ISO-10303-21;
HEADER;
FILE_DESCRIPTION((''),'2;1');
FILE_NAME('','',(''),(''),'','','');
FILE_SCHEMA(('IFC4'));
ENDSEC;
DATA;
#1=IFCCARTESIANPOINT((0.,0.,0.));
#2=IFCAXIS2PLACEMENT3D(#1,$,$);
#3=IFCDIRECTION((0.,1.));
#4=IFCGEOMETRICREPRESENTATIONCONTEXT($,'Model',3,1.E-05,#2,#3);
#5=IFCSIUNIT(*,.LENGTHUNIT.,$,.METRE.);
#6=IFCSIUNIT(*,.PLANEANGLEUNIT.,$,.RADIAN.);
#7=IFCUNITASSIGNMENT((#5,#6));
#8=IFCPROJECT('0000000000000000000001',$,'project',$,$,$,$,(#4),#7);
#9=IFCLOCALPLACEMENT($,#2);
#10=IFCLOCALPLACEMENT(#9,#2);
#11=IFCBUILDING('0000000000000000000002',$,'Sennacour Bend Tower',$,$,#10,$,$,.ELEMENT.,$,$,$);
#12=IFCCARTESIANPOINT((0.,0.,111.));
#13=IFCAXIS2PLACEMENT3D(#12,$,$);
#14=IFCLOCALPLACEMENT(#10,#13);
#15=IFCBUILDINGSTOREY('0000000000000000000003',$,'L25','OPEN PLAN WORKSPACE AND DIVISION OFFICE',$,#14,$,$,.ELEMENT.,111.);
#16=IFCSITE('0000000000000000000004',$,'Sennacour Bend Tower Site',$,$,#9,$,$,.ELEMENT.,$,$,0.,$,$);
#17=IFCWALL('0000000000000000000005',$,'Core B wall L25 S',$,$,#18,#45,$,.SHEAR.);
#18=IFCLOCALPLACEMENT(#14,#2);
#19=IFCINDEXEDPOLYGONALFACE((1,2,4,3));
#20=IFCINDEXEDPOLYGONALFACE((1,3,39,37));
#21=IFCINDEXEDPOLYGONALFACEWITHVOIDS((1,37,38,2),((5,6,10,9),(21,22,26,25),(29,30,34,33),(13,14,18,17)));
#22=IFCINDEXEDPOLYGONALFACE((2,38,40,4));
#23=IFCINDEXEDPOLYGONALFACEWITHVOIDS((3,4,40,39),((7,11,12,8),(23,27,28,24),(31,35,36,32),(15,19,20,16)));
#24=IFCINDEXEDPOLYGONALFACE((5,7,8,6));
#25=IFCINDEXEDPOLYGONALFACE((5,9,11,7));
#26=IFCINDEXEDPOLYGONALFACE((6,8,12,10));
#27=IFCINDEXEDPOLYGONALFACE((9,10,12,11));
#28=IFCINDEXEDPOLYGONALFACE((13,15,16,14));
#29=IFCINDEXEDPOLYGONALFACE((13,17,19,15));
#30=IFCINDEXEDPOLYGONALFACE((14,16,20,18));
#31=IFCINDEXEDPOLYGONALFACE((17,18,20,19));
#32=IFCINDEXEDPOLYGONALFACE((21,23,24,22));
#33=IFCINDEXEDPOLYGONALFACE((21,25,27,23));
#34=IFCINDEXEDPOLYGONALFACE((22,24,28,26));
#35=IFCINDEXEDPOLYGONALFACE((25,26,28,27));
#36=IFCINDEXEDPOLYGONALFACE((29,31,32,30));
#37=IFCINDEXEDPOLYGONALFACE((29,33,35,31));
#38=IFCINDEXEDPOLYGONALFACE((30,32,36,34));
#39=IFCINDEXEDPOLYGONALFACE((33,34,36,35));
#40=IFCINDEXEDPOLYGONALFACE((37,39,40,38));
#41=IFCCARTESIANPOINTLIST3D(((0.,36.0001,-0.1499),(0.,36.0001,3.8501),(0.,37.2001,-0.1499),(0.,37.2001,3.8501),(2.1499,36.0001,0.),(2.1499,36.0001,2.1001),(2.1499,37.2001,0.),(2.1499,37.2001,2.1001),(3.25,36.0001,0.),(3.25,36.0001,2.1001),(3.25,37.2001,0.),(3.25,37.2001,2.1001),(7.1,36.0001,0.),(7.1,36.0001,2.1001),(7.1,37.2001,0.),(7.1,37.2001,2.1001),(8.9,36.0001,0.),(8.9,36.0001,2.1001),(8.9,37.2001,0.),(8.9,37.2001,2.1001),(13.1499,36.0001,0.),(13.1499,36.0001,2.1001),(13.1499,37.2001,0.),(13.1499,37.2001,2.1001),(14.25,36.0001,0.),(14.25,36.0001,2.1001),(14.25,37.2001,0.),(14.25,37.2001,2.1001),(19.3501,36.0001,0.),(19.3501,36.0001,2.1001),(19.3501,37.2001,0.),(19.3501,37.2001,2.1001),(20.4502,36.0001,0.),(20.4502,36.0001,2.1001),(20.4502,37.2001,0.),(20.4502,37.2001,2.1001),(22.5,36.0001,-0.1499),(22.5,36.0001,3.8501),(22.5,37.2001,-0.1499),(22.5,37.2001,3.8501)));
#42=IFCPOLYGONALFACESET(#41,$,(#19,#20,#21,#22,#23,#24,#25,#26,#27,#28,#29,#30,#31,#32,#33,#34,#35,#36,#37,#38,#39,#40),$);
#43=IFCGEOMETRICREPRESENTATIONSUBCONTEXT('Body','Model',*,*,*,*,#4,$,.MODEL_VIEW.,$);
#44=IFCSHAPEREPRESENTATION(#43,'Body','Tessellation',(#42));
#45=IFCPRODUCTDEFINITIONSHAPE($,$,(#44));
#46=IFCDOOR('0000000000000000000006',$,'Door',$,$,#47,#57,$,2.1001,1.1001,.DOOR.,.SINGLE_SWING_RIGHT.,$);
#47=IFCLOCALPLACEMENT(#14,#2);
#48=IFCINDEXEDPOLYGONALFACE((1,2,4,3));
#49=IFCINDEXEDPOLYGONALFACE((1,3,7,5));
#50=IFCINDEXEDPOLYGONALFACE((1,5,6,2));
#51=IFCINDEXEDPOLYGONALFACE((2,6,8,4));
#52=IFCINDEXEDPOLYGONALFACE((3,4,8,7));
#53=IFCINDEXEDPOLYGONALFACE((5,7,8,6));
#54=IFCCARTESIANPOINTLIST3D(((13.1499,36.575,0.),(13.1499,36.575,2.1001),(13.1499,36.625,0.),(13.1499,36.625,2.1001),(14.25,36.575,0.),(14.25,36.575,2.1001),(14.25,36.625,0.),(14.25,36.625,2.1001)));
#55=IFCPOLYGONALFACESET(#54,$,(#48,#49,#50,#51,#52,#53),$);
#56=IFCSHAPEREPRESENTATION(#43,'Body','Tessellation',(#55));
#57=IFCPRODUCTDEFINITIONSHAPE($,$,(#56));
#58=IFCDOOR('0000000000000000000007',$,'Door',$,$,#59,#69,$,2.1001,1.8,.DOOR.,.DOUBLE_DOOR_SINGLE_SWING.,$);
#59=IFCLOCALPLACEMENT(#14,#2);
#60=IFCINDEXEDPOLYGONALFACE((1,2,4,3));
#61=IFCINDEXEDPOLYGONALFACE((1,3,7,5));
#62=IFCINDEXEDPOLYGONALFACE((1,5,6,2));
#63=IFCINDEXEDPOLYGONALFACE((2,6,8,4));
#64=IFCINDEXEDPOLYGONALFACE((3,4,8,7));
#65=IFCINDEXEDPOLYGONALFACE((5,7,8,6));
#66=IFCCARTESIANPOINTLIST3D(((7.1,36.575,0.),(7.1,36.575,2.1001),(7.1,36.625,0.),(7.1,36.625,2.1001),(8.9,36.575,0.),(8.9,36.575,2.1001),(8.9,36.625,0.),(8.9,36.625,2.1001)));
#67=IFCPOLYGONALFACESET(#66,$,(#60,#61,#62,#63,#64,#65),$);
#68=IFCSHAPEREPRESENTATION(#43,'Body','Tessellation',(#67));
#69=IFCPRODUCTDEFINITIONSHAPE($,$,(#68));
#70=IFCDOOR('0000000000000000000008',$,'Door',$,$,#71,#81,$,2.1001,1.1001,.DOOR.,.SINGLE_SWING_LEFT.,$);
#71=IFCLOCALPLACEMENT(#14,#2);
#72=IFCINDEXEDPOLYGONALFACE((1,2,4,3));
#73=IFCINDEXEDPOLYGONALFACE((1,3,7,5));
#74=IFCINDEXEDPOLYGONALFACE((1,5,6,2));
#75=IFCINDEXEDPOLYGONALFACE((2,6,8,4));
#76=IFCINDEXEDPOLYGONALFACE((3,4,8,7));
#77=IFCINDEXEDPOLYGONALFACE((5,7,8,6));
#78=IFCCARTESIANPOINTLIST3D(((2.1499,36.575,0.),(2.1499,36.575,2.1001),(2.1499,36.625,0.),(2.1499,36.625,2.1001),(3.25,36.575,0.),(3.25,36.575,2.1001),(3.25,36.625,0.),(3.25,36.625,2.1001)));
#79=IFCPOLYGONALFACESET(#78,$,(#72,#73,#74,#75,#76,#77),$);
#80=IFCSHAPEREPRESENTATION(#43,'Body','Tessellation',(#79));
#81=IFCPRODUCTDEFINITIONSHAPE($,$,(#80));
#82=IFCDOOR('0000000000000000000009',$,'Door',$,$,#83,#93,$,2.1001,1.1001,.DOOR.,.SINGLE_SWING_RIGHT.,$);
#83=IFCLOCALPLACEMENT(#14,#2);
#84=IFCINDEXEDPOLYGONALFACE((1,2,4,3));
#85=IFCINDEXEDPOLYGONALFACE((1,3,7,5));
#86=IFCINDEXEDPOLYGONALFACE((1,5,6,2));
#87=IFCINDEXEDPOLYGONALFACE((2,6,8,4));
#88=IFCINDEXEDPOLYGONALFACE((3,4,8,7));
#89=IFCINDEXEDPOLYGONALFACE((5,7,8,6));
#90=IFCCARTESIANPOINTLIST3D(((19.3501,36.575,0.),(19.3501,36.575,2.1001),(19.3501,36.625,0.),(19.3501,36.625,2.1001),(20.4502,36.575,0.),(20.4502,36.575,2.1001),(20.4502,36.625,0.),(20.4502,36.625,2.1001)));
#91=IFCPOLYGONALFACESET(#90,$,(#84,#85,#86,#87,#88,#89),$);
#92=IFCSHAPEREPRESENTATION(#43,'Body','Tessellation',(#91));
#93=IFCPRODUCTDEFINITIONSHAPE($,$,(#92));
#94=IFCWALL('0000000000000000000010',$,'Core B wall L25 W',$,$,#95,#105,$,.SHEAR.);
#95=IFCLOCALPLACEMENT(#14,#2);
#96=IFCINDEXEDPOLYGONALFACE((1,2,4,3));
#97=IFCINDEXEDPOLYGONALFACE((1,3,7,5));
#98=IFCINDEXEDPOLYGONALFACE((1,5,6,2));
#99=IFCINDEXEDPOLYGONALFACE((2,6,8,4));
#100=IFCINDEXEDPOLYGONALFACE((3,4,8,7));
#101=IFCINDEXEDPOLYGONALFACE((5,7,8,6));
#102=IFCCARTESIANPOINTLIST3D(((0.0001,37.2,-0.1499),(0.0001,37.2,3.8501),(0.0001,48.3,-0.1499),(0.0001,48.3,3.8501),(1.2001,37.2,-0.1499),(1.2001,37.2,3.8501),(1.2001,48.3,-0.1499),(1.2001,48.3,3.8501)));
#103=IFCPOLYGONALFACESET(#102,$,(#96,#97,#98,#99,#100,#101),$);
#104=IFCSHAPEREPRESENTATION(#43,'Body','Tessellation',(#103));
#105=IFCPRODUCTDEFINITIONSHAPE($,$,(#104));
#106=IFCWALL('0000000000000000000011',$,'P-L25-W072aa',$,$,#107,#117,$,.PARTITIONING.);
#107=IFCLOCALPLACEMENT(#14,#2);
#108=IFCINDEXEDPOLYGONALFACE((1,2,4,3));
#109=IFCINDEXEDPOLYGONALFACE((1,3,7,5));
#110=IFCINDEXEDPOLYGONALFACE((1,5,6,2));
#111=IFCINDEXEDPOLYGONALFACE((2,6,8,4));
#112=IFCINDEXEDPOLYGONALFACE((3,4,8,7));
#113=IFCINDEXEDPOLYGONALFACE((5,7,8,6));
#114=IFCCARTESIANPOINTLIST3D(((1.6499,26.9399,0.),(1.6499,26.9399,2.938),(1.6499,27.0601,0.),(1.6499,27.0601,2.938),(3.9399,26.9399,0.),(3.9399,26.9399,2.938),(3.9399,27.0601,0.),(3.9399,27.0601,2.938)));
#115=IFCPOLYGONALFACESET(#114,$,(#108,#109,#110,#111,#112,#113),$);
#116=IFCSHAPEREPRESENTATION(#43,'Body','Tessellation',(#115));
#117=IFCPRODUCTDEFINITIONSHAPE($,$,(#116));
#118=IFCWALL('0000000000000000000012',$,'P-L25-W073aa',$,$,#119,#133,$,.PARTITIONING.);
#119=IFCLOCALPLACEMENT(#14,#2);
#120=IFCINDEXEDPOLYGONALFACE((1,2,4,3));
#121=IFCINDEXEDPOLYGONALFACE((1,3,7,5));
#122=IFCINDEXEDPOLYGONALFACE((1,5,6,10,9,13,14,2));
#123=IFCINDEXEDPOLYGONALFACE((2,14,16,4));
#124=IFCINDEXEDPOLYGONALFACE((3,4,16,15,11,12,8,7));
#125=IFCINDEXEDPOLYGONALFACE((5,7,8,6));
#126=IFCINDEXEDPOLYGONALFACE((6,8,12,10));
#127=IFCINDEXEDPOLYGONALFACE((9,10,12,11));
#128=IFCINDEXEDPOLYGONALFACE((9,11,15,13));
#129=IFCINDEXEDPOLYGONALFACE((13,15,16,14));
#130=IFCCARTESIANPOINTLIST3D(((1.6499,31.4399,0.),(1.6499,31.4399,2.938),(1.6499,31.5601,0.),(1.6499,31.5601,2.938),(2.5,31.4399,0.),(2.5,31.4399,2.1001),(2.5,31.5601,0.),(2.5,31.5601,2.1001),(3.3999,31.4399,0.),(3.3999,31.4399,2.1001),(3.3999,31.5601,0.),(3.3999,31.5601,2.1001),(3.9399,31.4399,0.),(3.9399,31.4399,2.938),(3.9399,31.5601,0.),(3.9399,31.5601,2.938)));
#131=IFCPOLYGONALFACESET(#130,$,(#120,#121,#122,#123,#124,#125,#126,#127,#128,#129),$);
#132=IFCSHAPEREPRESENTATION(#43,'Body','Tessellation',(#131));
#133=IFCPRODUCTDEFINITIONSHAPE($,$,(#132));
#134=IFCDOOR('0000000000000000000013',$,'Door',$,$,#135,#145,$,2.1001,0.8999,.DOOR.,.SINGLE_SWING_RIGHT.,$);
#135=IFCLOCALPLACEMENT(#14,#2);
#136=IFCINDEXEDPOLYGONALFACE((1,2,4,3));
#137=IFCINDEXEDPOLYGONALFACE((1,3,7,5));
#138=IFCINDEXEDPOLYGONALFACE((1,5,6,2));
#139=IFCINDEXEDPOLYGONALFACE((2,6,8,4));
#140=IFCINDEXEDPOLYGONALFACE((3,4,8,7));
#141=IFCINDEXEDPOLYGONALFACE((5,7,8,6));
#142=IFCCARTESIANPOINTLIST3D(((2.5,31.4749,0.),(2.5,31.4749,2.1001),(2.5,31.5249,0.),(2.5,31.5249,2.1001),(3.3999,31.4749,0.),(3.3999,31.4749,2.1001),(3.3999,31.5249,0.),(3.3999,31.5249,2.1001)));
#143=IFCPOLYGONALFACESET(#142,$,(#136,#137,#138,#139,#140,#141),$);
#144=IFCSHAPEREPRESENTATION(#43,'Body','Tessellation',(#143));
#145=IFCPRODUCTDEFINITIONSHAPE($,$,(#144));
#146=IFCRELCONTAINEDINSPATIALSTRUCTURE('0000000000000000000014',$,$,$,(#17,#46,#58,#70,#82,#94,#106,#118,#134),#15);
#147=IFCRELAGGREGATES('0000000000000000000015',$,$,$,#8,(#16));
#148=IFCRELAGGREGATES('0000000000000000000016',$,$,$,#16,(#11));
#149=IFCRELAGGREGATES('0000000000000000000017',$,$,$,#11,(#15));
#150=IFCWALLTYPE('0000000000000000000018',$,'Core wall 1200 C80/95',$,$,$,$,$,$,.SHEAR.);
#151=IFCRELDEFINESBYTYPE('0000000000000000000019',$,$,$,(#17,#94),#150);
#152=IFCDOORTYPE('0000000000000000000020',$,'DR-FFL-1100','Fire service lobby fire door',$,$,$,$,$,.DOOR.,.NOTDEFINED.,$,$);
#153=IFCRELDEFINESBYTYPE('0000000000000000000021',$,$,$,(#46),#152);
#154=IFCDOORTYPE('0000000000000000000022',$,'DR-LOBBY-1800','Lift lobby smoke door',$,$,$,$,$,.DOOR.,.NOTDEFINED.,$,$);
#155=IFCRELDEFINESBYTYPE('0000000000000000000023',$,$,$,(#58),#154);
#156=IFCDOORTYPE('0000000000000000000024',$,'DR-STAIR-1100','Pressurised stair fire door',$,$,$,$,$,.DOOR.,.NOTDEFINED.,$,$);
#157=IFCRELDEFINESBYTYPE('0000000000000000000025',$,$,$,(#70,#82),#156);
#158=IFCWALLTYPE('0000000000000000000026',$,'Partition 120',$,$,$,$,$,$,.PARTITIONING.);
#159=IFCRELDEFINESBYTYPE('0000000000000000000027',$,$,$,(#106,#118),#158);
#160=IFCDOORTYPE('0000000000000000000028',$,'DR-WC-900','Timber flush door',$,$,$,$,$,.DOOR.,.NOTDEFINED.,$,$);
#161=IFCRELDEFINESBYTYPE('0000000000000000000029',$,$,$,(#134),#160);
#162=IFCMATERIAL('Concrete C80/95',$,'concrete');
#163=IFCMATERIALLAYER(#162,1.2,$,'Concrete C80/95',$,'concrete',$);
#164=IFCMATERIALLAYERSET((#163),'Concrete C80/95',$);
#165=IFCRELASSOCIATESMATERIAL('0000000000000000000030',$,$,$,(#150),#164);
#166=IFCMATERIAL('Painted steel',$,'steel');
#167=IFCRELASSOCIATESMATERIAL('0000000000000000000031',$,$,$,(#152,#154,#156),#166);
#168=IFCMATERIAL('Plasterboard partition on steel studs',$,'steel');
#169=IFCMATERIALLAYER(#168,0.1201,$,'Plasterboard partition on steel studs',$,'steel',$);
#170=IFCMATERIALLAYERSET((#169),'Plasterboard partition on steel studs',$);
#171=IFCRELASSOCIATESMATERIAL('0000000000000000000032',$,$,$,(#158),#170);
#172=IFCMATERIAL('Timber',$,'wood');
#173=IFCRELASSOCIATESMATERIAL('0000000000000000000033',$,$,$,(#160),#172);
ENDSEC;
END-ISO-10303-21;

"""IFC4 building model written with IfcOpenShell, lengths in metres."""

from ifc_helpers import new_model, si_unit, direction, frame, frame_2d, origin, place, context, subcontext, project, spatial, rectangle, extrude, material, layer, layer_set, type_object, element, fill, save


model = new_model("IFC4")

# Units and contexts
model_context = context("Model", 3, precision=1e-05, world=origin(), true_north=direction((0.0, 1.0)))
body_context = subcontext(model_context, "Body", "Model", "MODEL_VIEW")
ifc_project = project(units=[si_unit("LENGTHUNIT", "METRE"), si_unit("PLANEANGLEUNIT", "RADIAN")], contexts=[model_context])

# Site, building, storey
site_placement = place(None, origin())
site = spatial("IfcSite", under=ifc_project, at=site_placement, Name="Sennacour Bend Tower Site", CompositionType="ELEMENT", RefElevation=0.0)
building_placement = place(site_placement, origin())
building = spatial("IfcBuilding", under=site, at=building_placement, Name="Sennacour Bend Tower", CompositionType="ELEMENT")
storey_placement = place(building_placement, frame((0.0, 0.0, 111.0)))
storey = spatial("IfcBuildingStorey", under=building, at=storey_placement, Name="L25", Description="OPEN PLAN WORKSPACE AND DIVISION OFFICE", CompositionType="ELEMENT", Elevation=111.0)

# Wall, openings, doors
ifc_material_1 = material(Name="Concrete C80/95", Category="concrete")
ifc_layer_1 = layer(ifc_material_1, 1.2, Name="Concrete C80/95", Category="concrete")
ifc_layer_set_1 = layer_set([ifc_layer_1], Name="Concrete C80/95")
wall_type_1 = type_object("IfcWallType", Name="Core wall 1200 C80/95", PredefinedType="SHEAR", material=ifc_layer_set_1)
wall_1_placement = place(storey_placement, frame((0.0, 36.6001, -0.1499), z_axis=(0.0, 0.0, 1.0), x_axis=(1.0, 0.0, 0.0)))
wall_1 = element("IfcWall", 1, at=wall_1_placement, inside=storey, type_object=wall_type_1, Name="Core B wall L25 S", PredefinedType="SHEAR", context=body_context, shape_type="SweptSolid", body=[
    extrude(rectangle(XDim=22.5, YDim=1.2, at=frame_2d((11.25, 0.0))), origin(), (0.0, 0.0, 1.0), 4.0),
])
opening_1_placement = place(wall_1_placement, frame((7.1001, 0.0, 0.1499)))
opening_1 = element("IfcOpeningElement", 2, at=opening_1_placement, cuts=wall_1, PredefinedType="OPENING", context=body_context, shape_type="SweptSolid", body=[
    extrude(rectangle(XDim=1.8, YDim=2.1001, at=frame_2d((0.8999, 1.05))), frame((0.0, 0.6099, 0.0), z_axis=(0.0, -1.0, 0.0), x_axis=(1.0, 0.0, 0.0)), (0.0, 0.0, 1.0), 1.22),
])
opening_2_placement = place(wall_1_placement, frame((13.1499, 0.0, 0.1499)))
opening_2 = element("IfcOpeningElement", 3, at=opening_2_placement, cuts=wall_1, PredefinedType="OPENING", context=body_context, shape_type="SweptSolid", body=[
    extrude(rectangle(XDim=1.1001, YDim=2.1001, at=frame_2d((0.55, 1.05))), frame((0.0, 0.6099, 0.0), z_axis=(0.0, -1.0, 0.0), x_axis=(1.0, 0.0, 0.0)), (0.0, 0.0, 1.0), 1.22),
])
opening_3_placement = place(wall_1_placement, frame((2.1499, 0.0, 0.1499)))
opening_3 = element("IfcOpeningElement", 4, at=opening_3_placement, cuts=wall_1, PredefinedType="OPENING", context=body_context, shape_type="SweptSolid", body=[
    extrude(rectangle(XDim=1.1001, YDim=2.1001, at=frame_2d((0.55, 1.05))), frame((0.0, 0.6099, 0.0), z_axis=(0.0, -1.0, 0.0), x_axis=(1.0, 0.0, 0.0)), (0.0, 0.0, 1.0), 1.22),
])
opening_4_placement = place(wall_1_placement, frame((19.3501, 0.0, 0.1499)))
opening_4 = element("IfcOpeningElement", 5, at=opening_4_placement, cuts=wall_1, PredefinedType="OPENING", context=body_context, shape_type="SweptSolid", body=[
    extrude(rectangle(XDim=1.1001, YDim=2.1001, at=frame_2d((0.55, 1.05))), frame((0.0, 0.6099, 0.0), z_axis=(0.0, -1.0, 0.0), x_axis=(1.0, 0.0, 0.0)), (0.0, 0.0, 1.0), 1.22),
])
ifc_material_2 = material(Name="Painted steel", Category="steel")
door_type_1 = type_object("IfcDoorType", Name="DR-FFL-1100", Description="Fire service lobby fire door", OperationType="NOTDEFINED", PredefinedType="DOOR", material=ifc_material_2)
door_1_placement = place(opening_2_placement, origin())
door_1 = element("IfcDoor", 6, at=door_1_placement, inside=storey, type_object=door_type_1, Name="Door", OperationType="SINGLE_SWING_RIGHT", OverallHeight=2.1001, OverallWidth=1.1001, PredefinedType="DOOR", context=body_context, shape_type="SweptSolid", body=[
    extrude(rectangle(XDim=1.1001, YDim=2.1001, at=frame_2d((0.55, 1.05))), frame((0.0, 0.0249, 0.0), z_axis=(0.0, -1.0, 0.0), x_axis=(1.0, 0.0, 0.0)), (0.0, 0.0, 1.0), 0.05),
])
fill(opening_2, door_1)
door_type_2 = type_object("IfcDoorType", Name="DR-LOBBY-1800", Description="Lift lobby smoke door", OperationType="NOTDEFINED", PredefinedType="DOOR", material=ifc_material_2)
door_2_placement = place(opening_1_placement, origin())
door_2 = element("IfcDoor", 7, at=door_2_placement, inside=storey, type_object=door_type_2, Name="Door", OperationType="DOUBLE_DOOR_SINGLE_SWING", OverallHeight=2.1001, OverallWidth=1.8, PredefinedType="DOOR", context=body_context, shape_type="SweptSolid", body=[
    extrude(rectangle(XDim=1.8, YDim=2.1001, at=frame_2d((0.8999, 1.05))), frame((0.0, 0.0249, 0.0), z_axis=(0.0, -1.0, 0.0), x_axis=(1.0, 0.0, 0.0)), (0.0, 0.0, 1.0), 0.05),
])
fill(opening_1, door_2)
door_type_3 = type_object("IfcDoorType", Name="DR-STAIR-1100", Description="Pressurised stair fire door", OperationType="NOTDEFINED", PredefinedType="DOOR", material=ifc_material_2)
door_3_placement = place(opening_3_placement, origin())
door_3 = element("IfcDoor", 8, at=door_3_placement, inside=storey, type_object=door_type_3, Name="Door", OperationType="SINGLE_SWING_LEFT", OverallHeight=2.1001, OverallWidth=1.1001, PredefinedType="DOOR", context=body_context, shape_type="SweptSolid", body=[
    extrude(rectangle(XDim=1.1001, YDim=2.1001, at=frame_2d((0.55, 1.05))), frame((0.0, 0.0249, 0.0), z_axis=(0.0, -1.0, 0.0), x_axis=(1.0, 0.0, 0.0)), (0.0, 0.0, 1.0), 0.05),
])
fill(opening_3, door_3)
door_4_placement = place(opening_4_placement, origin())
door_4 = element("IfcDoor", 9, at=door_4_placement, inside=storey, type_object=door_type_3, Name="Door", OperationType="SINGLE_SWING_RIGHT", OverallHeight=2.1001, OverallWidth=1.1001, PredefinedType="DOOR", context=body_context, shape_type="SweptSolid", body=[
    extrude(rectangle(XDim=1.1001, YDim=2.1001, at=frame_2d((0.55, 1.05))), frame((0.0, 0.0249, 0.0), z_axis=(0.0, -1.0, 0.0), x_axis=(1.0, 0.0, 0.0)), (0.0, 0.0, 1.0), 0.05),
])
fill(opening_4, door_4)

# Walls
wall_2_placement = place(storey_placement, frame((0.6001, 37.2, -0.1499), z_axis=(0.0, 0.0, 1.0), x_axis=(0.0, 1.0, 0.0)))
element("IfcWall", 10, at=wall_2_placement, inside=storey, type_object=wall_type_1, Name="Core B wall L25 W", PredefinedType="SHEAR", context=body_context, shape_type="SweptSolid", body=[
    extrude(rectangle(XDim=11.1001, YDim=1.2, at=frame_2d((5.55, 0.0))), origin(), (0.0, 0.0, 1.0), 4.0),
])
ifc_material_3 = material(Name="Plasterboard partition on steel studs", Category="steel")
ifc_layer_2 = layer(ifc_material_3, 0.1201, Name="Plasterboard partition on steel studs", Category="steel")
ifc_layer_set_2 = layer_set([ifc_layer_2], Name="Plasterboard partition on steel studs")
wall_type_2 = type_object("IfcWallType", Name="Partition 120", PredefinedType="PARTITIONING", material=ifc_layer_set_2)
wall_3_placement = place(storey_placement, frame((1.6499, 27.0, 0.0), z_axis=(0.0, 0.0, 1.0), x_axis=(1.0, 0.0, 0.0)))
element("IfcWall", 11, at=wall_3_placement, inside=storey, type_object=wall_type_2, Name="P-L25-W072aa", PredefinedType="PARTITIONING", context=body_context, shape_type="SweptSolid", body=[
    extrude(rectangle(XDim=2.29, YDim=0.1201, at=frame_2d((1.145, 0.0))), origin(), (0.0, 0.0, 1.0), 2.938),
])

# Wall, opening, door
wall_4_placement = place(storey_placement, frame((1.6499, 31.5, 0.0), z_axis=(0.0, 0.0, 1.0), x_axis=(1.0, 0.0, 0.0)))
wall_4 = element("IfcWall", 12, at=wall_4_placement, inside=storey, type_object=wall_type_2, Name="P-L25-W073aa", PredefinedType="PARTITIONING", context=body_context, shape_type="SweptSolid", body=[
    extrude(rectangle(XDim=2.29, YDim=0.1201, at=frame_2d((1.145, 0.0))), origin(), (0.0, 0.0, 1.0), 2.938),
])
opening_5_placement = place(wall_4_placement, frame((0.8501, 0.0, 0.0)))
opening_5 = element("IfcOpeningElement", 13, at=opening_5_placement, cuts=wall_4, PredefinedType="OPENING", context=body_context, shape_type="SweptSolid", body=[
    extrude(rectangle(XDim=0.8999, YDim=2.1001, at=frame_2d((0.45, 1.05))), frame((0.0, 0.0701, 0.0), z_axis=(0.0, -1.0, 0.0), x_axis=(1.0, 0.0, 0.0)), (0.0, 0.0, 1.0), 0.1401),
])
ifc_material_4 = material(Name="Timber", Category="wood")
door_type_4 = type_object("IfcDoorType", Name="DR-WC-900", Description="Timber flush door", OperationType="NOTDEFINED", PredefinedType="DOOR", material=ifc_material_4)
door_5_placement = place(opening_5_placement, origin())
door_5 = element("IfcDoor", 14, at=door_5_placement, inside=storey, type_object=door_type_4, Name="Door", OperationType="SINGLE_SWING_RIGHT", OverallHeight=2.1001, OverallWidth=0.8999, PredefinedType="DOOR", context=body_context, shape_type="SweptSolid", body=[
    extrude(rectangle(XDim=0.8999, YDim=2.1001, at=frame_2d((0.45, 1.05))), frame((0.0, 0.0249, 0.0), z_axis=(0.0, -1.0, 0.0), x_axis=(1.0, 0.0, 0.0)), (0.0, 0.0, 1.0), 0.05),
])
fill(opening_5, door_5)

save(model, "model.ifc")
